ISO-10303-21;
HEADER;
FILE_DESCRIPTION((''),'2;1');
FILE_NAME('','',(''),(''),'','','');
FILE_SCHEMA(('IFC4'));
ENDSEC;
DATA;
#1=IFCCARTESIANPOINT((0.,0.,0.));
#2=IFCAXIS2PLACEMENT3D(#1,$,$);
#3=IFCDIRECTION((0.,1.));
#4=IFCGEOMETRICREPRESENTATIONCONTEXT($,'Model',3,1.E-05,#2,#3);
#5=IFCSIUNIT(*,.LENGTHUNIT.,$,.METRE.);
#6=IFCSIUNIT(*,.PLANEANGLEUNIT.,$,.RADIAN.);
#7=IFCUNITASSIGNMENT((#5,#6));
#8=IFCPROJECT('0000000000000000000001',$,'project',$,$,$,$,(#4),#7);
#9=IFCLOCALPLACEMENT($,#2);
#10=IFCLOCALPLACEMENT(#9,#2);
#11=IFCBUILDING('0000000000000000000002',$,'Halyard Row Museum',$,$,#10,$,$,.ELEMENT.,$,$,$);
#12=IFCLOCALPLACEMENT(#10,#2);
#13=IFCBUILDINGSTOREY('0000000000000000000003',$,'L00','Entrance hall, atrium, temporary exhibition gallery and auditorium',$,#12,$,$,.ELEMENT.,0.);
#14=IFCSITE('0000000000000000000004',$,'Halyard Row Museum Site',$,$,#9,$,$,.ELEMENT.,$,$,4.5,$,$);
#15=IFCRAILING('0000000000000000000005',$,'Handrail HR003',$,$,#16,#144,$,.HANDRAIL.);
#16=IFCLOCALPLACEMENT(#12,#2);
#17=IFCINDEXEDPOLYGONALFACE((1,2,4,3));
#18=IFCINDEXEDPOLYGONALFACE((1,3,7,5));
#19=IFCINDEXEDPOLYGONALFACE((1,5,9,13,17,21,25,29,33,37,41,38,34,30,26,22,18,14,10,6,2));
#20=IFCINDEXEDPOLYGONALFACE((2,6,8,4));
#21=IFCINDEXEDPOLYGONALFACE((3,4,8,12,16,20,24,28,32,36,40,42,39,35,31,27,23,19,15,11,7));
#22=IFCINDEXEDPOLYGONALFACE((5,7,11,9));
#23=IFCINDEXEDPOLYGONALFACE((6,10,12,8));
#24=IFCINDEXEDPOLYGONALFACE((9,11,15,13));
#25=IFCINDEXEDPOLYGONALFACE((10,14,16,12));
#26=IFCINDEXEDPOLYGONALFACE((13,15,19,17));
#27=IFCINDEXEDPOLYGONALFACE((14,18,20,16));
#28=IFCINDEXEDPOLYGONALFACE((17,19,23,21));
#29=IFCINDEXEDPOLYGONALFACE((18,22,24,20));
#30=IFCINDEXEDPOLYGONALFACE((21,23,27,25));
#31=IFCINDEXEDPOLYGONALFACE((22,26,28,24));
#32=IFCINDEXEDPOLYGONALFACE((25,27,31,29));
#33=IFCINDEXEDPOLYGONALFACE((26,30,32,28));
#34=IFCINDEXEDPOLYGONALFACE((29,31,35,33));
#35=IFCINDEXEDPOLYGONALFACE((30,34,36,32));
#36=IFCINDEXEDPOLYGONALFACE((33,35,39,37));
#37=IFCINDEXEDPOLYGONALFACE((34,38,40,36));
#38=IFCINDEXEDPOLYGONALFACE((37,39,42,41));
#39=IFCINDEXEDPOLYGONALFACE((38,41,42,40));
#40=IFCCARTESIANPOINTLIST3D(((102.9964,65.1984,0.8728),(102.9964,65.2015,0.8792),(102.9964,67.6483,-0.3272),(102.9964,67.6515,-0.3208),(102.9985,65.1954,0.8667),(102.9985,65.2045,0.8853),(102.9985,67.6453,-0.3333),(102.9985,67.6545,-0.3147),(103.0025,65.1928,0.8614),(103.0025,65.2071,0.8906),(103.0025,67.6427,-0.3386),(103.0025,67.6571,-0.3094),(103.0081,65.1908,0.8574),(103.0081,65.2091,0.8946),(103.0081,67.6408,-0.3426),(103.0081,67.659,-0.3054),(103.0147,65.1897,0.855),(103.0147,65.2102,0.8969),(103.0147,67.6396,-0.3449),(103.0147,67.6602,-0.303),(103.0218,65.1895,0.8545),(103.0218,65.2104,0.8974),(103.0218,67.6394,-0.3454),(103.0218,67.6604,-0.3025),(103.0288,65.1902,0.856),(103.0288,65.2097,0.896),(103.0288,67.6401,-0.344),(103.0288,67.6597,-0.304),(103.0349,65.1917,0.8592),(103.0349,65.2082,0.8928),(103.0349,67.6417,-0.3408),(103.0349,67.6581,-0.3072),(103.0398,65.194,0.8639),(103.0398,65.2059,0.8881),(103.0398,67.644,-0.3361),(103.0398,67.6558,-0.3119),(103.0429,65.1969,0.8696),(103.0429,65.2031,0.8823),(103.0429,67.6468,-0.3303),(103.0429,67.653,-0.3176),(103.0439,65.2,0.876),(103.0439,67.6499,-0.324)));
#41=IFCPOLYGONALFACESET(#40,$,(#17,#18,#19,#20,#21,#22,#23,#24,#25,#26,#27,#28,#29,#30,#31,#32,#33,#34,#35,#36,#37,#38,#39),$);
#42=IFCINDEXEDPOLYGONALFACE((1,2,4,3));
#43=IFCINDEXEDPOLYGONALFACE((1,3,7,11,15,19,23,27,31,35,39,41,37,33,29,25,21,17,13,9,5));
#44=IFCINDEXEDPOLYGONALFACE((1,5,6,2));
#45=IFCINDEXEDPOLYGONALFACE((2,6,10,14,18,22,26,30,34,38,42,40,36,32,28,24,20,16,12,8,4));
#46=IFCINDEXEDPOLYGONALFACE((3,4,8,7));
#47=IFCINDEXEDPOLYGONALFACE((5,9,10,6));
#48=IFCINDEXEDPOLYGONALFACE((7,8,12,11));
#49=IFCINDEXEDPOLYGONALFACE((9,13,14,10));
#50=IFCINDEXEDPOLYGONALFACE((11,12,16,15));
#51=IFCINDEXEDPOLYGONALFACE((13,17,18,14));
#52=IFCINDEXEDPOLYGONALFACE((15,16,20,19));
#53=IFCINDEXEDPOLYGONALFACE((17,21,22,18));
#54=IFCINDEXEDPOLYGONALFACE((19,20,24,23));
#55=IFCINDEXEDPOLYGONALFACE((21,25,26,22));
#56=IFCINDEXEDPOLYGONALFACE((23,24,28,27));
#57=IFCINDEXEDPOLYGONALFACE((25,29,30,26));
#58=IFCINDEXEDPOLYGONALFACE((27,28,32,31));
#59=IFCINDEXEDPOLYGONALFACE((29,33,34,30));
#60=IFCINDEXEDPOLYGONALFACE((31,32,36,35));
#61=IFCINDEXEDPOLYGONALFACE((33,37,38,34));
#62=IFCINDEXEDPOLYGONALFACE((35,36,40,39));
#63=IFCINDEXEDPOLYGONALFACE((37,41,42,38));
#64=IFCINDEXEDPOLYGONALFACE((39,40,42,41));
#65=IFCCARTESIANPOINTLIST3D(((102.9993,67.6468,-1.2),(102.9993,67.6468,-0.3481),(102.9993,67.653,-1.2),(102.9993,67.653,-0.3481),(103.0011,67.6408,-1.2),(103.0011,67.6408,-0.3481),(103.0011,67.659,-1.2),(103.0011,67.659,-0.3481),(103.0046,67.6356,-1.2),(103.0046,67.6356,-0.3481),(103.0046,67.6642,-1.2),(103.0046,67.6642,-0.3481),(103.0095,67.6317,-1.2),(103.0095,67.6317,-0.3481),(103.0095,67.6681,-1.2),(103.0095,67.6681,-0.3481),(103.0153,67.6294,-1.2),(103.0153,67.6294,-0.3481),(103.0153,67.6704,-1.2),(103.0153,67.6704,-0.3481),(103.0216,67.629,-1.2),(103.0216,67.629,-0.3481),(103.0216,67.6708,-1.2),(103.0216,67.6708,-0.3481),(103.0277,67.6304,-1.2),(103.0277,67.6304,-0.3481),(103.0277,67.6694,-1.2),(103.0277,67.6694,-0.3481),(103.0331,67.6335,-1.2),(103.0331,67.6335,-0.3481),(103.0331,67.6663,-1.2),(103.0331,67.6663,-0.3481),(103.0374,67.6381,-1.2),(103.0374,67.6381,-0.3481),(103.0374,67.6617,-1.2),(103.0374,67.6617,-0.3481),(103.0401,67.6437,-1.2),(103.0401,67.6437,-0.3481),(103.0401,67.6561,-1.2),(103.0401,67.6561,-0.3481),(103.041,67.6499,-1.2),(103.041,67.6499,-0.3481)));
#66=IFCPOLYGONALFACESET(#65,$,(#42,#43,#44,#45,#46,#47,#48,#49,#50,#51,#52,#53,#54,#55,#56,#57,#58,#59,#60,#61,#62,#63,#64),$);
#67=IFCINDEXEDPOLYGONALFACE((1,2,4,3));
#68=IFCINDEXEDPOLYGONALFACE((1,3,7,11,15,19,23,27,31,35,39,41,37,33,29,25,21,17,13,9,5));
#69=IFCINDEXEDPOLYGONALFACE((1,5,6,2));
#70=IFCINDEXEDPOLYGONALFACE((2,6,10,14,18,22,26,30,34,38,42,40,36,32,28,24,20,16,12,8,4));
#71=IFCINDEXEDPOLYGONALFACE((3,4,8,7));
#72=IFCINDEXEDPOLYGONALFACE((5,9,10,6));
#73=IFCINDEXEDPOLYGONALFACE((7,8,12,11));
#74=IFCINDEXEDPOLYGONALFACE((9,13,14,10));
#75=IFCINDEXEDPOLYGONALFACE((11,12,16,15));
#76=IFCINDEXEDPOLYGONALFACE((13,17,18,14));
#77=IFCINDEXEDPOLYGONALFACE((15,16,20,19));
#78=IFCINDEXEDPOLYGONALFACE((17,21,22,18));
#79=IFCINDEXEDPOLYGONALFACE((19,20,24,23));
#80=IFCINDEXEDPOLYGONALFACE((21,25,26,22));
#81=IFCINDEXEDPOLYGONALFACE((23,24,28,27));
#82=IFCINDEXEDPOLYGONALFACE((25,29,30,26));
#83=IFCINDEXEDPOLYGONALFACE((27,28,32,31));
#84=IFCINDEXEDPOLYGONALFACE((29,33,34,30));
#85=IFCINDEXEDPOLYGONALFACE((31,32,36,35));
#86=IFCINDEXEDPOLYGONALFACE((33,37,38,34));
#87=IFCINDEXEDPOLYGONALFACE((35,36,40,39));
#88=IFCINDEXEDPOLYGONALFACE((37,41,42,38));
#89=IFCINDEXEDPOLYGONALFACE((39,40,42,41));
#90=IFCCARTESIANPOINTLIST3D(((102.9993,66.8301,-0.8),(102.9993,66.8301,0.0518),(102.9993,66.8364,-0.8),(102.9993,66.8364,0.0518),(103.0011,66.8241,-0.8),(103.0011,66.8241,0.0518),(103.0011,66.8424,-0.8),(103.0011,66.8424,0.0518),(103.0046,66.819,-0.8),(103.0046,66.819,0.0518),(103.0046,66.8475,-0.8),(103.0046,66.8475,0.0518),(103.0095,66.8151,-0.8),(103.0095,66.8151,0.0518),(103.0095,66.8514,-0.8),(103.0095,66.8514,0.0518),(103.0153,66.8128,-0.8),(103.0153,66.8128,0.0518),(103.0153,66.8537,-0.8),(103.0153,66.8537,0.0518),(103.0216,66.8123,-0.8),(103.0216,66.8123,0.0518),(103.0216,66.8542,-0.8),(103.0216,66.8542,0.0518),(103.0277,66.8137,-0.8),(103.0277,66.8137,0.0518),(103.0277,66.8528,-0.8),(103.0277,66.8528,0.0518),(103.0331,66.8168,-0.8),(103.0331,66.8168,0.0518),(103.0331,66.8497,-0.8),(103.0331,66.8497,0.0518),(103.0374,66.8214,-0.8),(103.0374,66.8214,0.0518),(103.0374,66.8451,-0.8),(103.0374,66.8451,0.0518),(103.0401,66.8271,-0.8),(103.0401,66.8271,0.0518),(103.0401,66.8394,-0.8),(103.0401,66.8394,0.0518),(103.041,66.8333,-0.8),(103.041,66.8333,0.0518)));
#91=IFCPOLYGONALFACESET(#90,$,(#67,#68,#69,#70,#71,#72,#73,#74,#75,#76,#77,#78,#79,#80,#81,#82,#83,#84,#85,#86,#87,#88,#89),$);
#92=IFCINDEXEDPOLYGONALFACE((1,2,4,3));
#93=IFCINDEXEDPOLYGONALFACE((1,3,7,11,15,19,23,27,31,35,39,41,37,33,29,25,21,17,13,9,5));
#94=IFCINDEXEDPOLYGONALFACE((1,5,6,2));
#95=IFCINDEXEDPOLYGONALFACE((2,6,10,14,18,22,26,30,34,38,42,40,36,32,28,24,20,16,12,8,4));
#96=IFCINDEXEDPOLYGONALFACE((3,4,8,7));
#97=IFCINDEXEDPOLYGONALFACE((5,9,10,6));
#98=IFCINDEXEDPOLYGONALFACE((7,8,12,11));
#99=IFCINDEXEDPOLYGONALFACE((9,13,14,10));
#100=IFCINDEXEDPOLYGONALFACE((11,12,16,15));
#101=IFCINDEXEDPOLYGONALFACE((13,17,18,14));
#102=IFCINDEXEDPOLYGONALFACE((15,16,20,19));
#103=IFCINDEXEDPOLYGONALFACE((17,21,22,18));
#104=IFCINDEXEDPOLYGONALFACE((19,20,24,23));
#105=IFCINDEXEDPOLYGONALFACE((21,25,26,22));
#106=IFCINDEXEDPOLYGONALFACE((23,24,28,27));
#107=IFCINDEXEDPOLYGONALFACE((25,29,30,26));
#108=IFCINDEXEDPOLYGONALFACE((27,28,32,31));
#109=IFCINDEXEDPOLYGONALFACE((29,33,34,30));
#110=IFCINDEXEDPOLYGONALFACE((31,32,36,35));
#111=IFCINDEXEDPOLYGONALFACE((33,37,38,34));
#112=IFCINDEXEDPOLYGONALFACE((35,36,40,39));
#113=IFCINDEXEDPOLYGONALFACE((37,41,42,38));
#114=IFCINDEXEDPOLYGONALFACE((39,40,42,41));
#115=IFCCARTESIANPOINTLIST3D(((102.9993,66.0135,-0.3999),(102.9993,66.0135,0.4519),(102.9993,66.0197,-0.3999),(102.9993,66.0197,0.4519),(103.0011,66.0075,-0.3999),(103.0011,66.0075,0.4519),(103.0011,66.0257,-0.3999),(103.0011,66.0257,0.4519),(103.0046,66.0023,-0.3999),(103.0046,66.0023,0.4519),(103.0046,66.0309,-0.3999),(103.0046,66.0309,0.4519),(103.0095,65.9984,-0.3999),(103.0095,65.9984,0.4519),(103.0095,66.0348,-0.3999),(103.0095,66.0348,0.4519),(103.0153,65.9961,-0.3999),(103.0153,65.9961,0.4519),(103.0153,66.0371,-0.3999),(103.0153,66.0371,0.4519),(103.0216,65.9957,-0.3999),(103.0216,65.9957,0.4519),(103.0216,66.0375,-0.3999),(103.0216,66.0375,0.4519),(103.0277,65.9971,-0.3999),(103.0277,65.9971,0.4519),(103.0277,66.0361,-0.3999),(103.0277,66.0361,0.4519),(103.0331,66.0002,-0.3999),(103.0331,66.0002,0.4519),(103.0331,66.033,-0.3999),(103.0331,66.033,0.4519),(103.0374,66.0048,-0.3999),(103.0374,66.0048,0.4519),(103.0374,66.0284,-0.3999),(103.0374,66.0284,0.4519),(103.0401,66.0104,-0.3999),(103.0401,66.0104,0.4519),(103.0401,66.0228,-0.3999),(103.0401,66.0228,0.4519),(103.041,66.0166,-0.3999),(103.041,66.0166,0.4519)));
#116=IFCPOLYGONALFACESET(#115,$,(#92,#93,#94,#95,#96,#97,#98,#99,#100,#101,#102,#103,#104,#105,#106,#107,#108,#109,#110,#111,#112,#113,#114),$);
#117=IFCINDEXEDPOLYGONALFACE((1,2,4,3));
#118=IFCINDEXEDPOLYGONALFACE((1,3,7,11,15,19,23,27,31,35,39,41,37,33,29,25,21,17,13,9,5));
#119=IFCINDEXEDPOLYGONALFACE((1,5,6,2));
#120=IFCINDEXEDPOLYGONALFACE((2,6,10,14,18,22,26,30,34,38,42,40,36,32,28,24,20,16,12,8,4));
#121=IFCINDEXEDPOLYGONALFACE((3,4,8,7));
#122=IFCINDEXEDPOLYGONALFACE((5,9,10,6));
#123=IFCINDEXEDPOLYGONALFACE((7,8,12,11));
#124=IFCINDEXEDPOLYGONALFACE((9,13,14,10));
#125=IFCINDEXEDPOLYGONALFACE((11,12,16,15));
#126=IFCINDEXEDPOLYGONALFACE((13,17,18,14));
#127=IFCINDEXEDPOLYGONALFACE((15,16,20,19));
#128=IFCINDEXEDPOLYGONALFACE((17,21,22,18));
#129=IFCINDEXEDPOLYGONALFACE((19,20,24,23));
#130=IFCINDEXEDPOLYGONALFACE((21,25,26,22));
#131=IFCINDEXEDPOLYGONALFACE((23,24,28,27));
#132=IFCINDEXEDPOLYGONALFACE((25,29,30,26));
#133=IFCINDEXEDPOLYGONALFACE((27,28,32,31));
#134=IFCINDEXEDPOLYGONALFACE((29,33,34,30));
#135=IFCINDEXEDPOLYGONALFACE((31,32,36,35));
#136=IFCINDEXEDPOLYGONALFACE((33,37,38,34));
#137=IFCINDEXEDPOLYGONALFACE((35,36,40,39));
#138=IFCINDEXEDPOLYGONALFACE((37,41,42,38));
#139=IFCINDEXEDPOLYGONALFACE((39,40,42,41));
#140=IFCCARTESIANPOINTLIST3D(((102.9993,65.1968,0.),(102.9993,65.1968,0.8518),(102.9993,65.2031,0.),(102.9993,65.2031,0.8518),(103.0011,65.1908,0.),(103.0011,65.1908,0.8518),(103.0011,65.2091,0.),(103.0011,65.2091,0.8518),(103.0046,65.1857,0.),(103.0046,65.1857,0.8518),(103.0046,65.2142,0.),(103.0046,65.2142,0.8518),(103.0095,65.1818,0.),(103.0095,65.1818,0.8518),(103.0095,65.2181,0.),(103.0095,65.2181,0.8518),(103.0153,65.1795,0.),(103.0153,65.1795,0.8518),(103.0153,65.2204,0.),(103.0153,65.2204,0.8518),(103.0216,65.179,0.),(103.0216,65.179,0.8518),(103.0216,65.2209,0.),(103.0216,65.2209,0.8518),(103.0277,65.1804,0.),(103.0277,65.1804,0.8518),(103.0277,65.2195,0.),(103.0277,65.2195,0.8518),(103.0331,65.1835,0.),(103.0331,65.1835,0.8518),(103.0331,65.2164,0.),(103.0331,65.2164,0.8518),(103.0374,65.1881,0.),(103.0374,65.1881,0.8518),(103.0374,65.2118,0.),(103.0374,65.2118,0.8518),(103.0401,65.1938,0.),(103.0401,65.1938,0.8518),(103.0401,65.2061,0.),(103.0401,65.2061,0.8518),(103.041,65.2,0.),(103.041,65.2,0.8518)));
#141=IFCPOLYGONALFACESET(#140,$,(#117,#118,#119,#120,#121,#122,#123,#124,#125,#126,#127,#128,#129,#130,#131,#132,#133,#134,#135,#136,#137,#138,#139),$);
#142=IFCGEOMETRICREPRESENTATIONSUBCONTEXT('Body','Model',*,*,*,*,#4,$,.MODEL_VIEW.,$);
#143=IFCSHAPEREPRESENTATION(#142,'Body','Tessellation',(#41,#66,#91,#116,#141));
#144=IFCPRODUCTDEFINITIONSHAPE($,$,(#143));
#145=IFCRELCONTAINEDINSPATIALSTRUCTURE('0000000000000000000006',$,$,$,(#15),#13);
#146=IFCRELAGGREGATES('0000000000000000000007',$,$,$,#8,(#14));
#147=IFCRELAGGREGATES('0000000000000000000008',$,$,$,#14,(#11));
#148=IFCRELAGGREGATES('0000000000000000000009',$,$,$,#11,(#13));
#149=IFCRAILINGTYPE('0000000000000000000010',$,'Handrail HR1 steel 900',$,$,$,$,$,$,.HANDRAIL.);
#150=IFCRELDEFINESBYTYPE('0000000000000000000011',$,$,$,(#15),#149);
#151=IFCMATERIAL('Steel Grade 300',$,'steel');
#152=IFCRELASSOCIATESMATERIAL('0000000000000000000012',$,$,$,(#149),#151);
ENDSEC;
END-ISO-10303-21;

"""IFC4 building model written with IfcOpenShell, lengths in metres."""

from ifc_helpers import new_model, si_unit, direction, frame, origin, origin_2d, place, context, subcontext, project, spatial, circle, extrude, material, type_object, element, save


model = new_model("IFC4")

# Units and contexts
model_context = context("Model", 3, precision=1e-05, world=origin(), true_north=direction((0.0, 1.0)))
body_context = subcontext(model_context, "Body", "Model", "MODEL_VIEW")
ifc_project = project(units=[si_unit("LENGTHUNIT", "METRE"), si_unit("PLANEANGLEUNIT", "RADIAN")], contexts=[model_context])

# Site, building, storey
site_placement = place(None, origin())
site = spatial("IfcSite", under=ifc_project, at=site_placement, Name="Halyard Row Museum Site", CompositionType="ELEMENT", RefElevation=4.5)
building_placement = place(site_placement, origin())
building = spatial("IfcBuilding", under=site, at=building_placement, Name="Halyard Row Museum", CompositionType="ELEMENT")
storey_placement = place(building_placement, origin())
storey = spatial("IfcBuildingStorey", under=building, at=storey_placement, Name="L00", Description="Entrance hall, atrium, temporary exhibition gallery and auditorium", CompositionType="ELEMENT", Elevation=0.0)

# Railing
ifc_material_1 = material(Name="Steel Grade 300", Category="steel")
railing_type_1 = type_object("IfcRailingType", Name="Handrail HR1 steel 900", PredefinedType="HANDRAIL", material=ifc_material_1)
for number, where, name in (
    (1, (103.02, 67.6499, -1.2), "Handrail HR003"),
):
    element("IfcRailing", number, at=place(storey_placement, frame(where)), inside=storey, type_object=railing_type_1, Name=name, PredefinedType="HANDRAIL", context=body_context, shape_type="SweptSolid", body=[
        extrude(circle(Radius=0.0239, at=origin_2d()), frame((0.0, 0.0, 0.876), z_axis=(0.0, -0.898066, 0.43986), x_axis=(1.0, 0.0, 0.0)), (0.0, 0.0, 1.0), 2.728),
        extrude(circle(Radius=0.021, at=origin_2d()), origin(), (0.0, 0.0, 1.0), 0.8518),
        extrude(circle(Radius=0.021, at=origin_2d()), frame((0.0, -0.8167, 0.3999)), (0.0, 0.0, 1.0), 0.8518),
        extrude(circle(Radius=0.021, at=origin_2d()), frame((0.0, -1.6333, 0.8)), (0.0, 0.0, 1.0), 0.8518),
        extrude(circle(Radius=0.021, at=origin_2d()), frame((0.0, -2.45, 1.2)), (0.0, 0.0, 1.0), 0.8518),
    ])

save(model, "model.ifc")
